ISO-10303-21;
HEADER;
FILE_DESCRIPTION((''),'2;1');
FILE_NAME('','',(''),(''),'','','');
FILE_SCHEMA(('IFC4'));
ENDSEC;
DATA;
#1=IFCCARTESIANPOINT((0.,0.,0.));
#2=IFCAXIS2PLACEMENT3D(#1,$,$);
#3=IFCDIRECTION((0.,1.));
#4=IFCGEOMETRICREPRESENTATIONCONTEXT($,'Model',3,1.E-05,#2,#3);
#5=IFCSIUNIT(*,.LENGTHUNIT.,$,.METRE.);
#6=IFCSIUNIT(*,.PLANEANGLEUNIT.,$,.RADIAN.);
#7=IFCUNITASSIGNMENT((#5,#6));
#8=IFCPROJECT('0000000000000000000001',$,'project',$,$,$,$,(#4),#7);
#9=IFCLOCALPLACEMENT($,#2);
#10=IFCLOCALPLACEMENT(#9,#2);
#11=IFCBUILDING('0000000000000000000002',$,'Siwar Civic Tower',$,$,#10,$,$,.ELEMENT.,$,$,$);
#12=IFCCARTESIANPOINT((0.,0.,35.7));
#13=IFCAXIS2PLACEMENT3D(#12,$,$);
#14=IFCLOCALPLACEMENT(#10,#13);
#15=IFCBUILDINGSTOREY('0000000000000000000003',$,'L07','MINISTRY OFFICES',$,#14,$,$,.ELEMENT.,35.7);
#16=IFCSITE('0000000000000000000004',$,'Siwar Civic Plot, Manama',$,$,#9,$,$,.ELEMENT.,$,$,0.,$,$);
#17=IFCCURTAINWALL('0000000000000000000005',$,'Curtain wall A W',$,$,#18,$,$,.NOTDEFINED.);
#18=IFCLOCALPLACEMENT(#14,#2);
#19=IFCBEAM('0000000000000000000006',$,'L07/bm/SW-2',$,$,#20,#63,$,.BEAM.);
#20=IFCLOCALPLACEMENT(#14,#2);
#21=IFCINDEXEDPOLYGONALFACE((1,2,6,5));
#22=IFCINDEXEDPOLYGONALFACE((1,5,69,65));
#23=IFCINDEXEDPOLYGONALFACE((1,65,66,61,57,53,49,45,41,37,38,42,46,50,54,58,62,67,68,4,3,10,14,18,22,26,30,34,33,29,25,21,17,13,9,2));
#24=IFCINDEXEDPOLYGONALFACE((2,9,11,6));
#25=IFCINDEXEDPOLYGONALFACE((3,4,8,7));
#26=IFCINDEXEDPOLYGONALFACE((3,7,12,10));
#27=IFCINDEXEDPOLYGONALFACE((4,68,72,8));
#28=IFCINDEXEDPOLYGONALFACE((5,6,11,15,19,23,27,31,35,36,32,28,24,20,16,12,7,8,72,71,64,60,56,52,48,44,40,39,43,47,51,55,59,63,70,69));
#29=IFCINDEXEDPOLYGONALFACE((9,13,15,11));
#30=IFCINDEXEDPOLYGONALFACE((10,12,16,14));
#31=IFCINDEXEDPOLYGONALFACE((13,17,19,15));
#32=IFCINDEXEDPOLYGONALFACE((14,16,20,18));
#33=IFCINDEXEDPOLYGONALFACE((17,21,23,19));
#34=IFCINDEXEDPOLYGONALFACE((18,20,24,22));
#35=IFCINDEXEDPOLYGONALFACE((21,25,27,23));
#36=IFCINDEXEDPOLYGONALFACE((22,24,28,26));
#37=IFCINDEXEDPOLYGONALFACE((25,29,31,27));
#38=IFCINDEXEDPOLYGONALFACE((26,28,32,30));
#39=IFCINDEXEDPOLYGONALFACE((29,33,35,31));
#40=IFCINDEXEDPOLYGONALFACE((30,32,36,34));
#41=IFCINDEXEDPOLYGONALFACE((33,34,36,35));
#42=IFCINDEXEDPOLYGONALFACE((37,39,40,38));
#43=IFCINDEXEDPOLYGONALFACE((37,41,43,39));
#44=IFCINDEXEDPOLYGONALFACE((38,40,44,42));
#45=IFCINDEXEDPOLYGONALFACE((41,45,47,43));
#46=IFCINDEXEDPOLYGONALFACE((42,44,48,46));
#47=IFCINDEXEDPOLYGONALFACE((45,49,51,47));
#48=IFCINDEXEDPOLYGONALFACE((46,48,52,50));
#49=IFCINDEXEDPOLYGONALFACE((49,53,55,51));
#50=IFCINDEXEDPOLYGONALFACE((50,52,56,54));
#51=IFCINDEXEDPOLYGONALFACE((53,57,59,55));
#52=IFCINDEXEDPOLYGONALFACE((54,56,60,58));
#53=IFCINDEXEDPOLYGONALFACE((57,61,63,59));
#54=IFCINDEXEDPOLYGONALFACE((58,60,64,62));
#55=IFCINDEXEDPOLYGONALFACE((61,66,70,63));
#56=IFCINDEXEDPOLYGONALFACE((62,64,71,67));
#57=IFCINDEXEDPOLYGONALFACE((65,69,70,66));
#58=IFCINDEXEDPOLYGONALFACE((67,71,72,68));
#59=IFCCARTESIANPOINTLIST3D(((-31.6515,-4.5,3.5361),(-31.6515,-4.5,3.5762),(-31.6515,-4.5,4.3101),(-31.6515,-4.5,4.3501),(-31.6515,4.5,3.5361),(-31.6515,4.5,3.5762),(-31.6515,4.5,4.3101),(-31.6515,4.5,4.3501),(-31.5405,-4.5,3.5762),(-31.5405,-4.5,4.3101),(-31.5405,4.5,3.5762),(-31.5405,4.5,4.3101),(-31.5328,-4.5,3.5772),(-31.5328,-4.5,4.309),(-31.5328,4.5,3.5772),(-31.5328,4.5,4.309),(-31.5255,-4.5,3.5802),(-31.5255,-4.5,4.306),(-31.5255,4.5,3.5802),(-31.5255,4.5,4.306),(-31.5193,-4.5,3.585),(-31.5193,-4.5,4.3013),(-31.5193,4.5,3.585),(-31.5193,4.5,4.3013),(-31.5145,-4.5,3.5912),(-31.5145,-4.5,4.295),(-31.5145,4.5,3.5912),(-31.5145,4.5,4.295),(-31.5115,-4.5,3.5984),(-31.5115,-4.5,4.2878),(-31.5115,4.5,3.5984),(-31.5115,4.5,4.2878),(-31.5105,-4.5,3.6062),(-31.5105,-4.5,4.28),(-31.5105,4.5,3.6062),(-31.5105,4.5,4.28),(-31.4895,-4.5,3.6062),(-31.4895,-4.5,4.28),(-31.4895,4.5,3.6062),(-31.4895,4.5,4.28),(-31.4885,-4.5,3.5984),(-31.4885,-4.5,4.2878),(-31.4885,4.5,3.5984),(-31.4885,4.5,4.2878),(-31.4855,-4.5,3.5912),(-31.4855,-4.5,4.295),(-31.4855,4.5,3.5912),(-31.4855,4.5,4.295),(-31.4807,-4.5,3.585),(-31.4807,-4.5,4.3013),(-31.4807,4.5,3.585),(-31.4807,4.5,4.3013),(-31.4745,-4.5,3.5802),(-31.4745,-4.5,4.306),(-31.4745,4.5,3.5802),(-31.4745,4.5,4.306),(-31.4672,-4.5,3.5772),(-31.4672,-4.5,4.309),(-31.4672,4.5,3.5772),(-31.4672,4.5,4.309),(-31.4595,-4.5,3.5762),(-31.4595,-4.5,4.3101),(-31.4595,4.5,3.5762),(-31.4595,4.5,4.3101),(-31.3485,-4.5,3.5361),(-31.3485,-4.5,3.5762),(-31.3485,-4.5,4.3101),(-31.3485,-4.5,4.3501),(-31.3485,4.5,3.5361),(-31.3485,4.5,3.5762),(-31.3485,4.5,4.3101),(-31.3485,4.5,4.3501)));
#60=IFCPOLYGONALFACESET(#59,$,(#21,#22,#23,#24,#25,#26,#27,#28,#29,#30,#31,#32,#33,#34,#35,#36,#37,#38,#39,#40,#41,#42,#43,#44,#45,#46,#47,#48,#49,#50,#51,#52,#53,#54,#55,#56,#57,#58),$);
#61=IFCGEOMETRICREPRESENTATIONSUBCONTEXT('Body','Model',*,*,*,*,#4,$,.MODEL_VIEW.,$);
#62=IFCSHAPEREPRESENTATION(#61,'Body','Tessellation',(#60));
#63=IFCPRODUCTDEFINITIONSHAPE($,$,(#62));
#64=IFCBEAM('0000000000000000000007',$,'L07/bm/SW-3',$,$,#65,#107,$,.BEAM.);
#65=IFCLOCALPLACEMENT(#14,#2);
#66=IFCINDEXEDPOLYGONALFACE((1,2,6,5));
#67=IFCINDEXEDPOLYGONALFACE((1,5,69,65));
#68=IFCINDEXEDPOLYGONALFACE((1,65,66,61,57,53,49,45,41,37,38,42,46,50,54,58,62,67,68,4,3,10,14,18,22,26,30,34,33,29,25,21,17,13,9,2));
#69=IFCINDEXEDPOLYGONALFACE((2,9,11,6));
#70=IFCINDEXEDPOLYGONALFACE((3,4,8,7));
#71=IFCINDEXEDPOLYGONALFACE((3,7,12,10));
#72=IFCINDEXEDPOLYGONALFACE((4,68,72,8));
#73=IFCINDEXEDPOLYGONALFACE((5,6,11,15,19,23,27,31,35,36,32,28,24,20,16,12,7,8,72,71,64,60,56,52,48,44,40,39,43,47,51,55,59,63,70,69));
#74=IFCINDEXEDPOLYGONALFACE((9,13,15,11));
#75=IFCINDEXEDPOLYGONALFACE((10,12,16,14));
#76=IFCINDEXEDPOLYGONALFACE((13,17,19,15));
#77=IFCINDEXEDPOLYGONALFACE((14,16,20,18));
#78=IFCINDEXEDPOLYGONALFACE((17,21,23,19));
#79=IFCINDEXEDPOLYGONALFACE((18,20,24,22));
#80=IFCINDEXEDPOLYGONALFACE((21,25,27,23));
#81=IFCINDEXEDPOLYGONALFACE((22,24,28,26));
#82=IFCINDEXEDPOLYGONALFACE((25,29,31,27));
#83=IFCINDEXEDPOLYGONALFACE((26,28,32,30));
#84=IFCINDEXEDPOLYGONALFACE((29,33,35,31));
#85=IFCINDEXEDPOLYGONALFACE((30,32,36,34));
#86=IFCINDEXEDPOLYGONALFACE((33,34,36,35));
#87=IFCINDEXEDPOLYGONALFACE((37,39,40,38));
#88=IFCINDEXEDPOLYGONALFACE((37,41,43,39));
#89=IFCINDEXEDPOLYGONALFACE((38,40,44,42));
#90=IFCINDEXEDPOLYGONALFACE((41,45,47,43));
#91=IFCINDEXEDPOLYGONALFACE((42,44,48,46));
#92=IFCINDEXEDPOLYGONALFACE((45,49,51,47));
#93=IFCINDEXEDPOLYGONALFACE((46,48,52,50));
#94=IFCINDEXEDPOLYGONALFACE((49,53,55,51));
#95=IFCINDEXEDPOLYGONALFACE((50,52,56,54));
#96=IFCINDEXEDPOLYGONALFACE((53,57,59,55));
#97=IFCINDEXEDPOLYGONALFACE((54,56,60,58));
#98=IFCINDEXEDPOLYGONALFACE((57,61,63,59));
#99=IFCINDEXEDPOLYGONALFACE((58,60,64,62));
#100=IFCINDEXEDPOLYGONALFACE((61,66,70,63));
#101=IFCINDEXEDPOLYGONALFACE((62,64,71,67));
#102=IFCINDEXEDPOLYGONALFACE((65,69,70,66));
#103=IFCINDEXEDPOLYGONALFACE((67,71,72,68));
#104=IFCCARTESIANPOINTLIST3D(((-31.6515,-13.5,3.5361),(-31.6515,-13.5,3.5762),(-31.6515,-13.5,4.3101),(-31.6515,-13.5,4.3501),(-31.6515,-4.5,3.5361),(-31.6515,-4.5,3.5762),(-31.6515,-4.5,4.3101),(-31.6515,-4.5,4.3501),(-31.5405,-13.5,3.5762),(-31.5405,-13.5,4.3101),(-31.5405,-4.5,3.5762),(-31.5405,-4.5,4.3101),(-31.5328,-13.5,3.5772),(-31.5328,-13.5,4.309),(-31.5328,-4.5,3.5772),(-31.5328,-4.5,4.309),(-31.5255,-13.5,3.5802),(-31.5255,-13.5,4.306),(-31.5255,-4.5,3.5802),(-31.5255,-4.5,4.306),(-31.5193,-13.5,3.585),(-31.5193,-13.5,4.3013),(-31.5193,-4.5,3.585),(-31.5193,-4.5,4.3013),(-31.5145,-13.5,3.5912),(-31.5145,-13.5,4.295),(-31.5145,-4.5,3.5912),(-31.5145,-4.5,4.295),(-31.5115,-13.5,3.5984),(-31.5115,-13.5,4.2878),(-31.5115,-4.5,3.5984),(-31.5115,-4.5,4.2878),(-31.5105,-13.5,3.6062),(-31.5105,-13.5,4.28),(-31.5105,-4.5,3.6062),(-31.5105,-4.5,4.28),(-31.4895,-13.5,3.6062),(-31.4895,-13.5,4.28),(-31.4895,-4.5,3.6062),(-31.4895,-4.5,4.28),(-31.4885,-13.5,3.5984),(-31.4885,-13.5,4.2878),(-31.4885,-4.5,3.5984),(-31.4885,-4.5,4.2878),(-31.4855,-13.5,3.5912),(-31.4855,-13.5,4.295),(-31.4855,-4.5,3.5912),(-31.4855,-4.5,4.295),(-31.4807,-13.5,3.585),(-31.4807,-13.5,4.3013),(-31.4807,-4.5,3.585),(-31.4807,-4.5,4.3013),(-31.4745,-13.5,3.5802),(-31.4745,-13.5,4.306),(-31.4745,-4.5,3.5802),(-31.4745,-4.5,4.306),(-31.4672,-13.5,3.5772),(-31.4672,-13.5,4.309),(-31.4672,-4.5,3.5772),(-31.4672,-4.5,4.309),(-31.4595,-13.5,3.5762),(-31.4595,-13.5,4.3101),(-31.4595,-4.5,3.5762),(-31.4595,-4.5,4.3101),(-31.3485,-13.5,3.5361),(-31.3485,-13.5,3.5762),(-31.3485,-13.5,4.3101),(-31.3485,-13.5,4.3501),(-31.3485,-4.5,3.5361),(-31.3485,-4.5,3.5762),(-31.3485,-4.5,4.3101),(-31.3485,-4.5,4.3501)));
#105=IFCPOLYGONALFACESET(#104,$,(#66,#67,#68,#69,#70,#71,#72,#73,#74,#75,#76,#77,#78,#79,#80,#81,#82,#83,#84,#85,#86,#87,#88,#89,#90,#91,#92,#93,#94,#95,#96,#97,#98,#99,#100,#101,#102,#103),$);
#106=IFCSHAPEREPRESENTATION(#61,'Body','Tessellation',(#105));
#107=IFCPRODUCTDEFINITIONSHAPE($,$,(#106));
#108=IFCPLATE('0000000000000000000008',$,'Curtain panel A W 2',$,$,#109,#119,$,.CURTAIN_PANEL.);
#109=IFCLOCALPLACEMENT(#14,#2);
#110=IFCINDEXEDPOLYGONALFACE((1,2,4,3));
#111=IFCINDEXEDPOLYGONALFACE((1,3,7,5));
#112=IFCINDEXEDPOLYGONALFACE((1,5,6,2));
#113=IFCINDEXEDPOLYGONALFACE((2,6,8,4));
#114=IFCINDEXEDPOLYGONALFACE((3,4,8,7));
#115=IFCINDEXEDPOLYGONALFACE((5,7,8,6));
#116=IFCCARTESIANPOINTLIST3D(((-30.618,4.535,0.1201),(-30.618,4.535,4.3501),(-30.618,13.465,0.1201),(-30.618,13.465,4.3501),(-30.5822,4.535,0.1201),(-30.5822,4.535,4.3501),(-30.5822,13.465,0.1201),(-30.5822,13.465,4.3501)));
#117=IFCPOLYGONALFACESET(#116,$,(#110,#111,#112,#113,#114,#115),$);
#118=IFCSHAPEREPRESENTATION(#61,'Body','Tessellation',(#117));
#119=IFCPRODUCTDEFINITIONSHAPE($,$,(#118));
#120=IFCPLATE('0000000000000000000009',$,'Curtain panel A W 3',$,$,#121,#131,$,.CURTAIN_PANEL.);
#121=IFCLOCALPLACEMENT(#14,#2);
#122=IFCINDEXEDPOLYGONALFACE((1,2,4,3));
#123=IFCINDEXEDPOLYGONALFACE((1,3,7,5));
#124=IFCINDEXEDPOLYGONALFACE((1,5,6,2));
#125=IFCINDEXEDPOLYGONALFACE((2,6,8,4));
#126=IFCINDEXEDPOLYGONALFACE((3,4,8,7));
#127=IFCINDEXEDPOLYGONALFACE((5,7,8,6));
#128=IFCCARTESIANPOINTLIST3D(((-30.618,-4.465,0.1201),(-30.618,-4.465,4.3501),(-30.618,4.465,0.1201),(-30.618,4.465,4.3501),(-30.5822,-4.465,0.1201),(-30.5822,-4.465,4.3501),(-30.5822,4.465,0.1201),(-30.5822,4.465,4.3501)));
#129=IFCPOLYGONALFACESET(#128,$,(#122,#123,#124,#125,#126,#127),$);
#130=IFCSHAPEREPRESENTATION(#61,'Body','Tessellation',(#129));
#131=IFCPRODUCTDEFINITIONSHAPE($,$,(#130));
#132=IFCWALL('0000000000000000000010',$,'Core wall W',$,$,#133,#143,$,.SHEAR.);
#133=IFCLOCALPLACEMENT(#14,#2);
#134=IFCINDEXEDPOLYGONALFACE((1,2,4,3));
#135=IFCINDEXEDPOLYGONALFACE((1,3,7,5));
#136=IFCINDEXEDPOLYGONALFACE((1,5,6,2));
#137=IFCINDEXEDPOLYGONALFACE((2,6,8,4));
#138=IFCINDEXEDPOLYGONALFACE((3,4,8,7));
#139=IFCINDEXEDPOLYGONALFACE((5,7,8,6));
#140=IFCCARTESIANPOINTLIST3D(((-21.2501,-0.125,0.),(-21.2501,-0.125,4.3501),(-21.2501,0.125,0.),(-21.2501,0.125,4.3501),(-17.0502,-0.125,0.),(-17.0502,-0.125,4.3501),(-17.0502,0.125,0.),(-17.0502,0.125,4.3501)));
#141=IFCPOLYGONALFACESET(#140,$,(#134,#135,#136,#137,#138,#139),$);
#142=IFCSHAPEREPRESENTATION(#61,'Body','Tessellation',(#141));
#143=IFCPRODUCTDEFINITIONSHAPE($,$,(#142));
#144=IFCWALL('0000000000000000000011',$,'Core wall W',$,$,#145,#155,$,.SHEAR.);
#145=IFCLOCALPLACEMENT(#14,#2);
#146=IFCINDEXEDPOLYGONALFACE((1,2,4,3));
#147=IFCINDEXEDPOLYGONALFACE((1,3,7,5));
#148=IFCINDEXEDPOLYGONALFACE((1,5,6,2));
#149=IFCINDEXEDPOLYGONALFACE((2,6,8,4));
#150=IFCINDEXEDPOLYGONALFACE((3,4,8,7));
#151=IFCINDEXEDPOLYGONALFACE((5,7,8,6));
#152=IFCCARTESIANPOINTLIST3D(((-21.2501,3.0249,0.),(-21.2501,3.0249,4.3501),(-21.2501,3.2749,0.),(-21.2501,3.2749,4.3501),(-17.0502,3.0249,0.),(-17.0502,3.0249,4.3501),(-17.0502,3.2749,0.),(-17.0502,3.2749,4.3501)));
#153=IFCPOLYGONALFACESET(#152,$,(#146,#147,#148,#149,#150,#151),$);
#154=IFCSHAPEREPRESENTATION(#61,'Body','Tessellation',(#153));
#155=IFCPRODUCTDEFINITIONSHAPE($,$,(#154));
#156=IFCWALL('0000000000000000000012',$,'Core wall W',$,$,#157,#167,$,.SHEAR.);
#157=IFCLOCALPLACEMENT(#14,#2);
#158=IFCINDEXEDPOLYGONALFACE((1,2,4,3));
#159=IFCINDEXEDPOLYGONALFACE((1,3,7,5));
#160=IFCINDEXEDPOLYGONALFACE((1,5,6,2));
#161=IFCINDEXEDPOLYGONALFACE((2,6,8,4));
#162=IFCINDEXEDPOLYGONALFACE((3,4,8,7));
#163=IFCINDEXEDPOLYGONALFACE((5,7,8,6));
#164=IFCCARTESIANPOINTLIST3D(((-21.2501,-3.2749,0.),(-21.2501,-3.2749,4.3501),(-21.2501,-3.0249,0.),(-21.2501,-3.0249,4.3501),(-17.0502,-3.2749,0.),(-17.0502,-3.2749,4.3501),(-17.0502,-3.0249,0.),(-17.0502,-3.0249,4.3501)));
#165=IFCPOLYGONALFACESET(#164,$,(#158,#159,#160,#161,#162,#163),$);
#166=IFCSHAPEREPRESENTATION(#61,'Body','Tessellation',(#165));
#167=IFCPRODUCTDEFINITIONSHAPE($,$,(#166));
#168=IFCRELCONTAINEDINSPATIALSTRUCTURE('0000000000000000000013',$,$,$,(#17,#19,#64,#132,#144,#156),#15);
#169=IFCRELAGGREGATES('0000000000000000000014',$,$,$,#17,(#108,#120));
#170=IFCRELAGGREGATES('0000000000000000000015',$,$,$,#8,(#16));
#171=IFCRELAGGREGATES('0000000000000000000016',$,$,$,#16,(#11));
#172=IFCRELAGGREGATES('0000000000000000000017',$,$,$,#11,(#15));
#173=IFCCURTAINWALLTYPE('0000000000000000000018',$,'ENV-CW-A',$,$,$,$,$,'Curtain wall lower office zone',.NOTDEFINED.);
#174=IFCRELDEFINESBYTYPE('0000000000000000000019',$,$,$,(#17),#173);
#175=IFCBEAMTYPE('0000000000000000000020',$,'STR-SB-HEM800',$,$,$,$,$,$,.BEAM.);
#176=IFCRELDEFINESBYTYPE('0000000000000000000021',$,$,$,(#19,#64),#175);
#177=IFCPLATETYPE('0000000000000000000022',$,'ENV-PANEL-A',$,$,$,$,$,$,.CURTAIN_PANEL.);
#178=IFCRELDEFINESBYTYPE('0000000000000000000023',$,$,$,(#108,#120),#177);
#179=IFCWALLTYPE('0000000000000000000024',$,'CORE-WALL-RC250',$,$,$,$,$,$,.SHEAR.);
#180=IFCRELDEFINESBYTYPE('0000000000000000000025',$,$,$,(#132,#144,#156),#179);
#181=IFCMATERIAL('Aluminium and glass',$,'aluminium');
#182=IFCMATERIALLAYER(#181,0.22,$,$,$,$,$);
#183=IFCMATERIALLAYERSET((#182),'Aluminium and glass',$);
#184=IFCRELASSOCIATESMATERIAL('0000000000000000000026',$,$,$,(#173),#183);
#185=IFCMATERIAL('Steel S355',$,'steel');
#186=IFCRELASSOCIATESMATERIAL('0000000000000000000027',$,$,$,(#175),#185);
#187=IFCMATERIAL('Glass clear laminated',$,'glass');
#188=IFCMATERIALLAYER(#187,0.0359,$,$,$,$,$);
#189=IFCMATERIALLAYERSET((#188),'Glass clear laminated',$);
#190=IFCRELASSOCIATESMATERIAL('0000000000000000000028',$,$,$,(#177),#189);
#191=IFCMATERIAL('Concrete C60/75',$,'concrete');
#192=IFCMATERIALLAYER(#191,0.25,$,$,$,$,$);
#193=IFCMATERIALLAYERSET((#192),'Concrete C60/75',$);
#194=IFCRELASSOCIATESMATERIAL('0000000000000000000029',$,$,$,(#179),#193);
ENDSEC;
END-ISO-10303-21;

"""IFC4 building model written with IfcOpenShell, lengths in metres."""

from ifc_helpers import new_model, si_unit, direction, frame, frame_2d, origin, origin_2d, place, context, subcontext, project, spatial, rectangle, i_section, extrude, material, layer, layer_set, material_profile, profile_set, type_object, element, aggregate, save


model = new_model("IFC4")

# Units and contexts
model_context = context("Model", 3, precision=1e-05, world=origin(), true_north=direction((0.0, 1.0)))
body_context = subcontext(model_context, "Body", "Model", "MODEL_VIEW")
ifc_project = project(units=[si_unit("LENGTHUNIT", "METRE"), si_unit("PLANEANGLEUNIT", "RADIAN")], contexts=[model_context])

# Site, building, storey
site_placement = place(None, origin())
site = spatial("IfcSite", under=ifc_project, at=site_placement, Name="Siwar Civic Plot, Manama", CompositionType="ELEMENT", RefElevation=0.0)
building_placement = place(site_placement, origin())
building = spatial("IfcBuilding", under=site, at=building_placement, Name="Siwar Civic Tower", CompositionType="ELEMENT")
storey_placement = place(building_placement, frame((0.0, 0.0, 35.7)))
storey = spatial("IfcBuildingStorey", under=building, at=storey_placement, Name="L07", Description="MINISTRY OFFICES", CompositionType="ELEMENT", Elevation=35.7)

# Curtain wall
ifc_material_1 = material(Name="Aluminium and glass", Category="aluminium")
ifc_layer_1 = layer(ifc_material_1, 0.22)
ifc_layer_set_1 = layer_set([ifc_layer_1], Name="Aluminium and glass")
curtain_wall_type = type_object("IfcCurtainWallType", Name="ENV-CW-A", ElementType="Curtain wall lower office zone", PredefinedType="NOTDEFINED", material=ifc_layer_set_1)
curtain_wall_placement = place(storey_placement, origin())
curtain_wall = element("IfcCurtainWall", 1, at=curtain_wall_placement, inside=storey, type_object=curtain_wall_type, Name="Curtain wall A W", PredefinedType="NOTDEFINED")

# Beams
ifc_material_2 = material(Name="Steel S355", Category="steel")
ifc_material_profile_1 = material_profile(ifc_material_2, i_section(OverallWidth=0.303, OverallDepth=0.814, WebThickness=0.021, FlangeThickness=0.04, FilletRadius=0.03, at=origin_2d()), Name="HEM800")
ifc_profile_set_1 = profile_set([ifc_material_profile_1], Name="Steel S355")
beam_type_1 = type_object("IfcBeamType", Name="STR-SB-HEM800", PredefinedType="BEAM", material=ifc_profile_set_1)
for number, where, z_axis, x_axis, name in (
    (2, (-31.5, 4.5, 3.9431), (0.0, -1.0, 0.0), (1.0, 0.0, 0.0), "L07/bm/SW-2"),
    (3, (-31.5, -4.5, 3.9431), (0.0, -1.0, 0.0), (1.0, 0.0, 0.0), "L07/bm/SW-3"),
):
    element("IfcBeam", number, at=place(storey_placement, frame(where, z_axis=z_axis, x_axis=x_axis)), inside=storey, type_object=beam_type_1, Name=name, PredefinedType="BEAM", context=body_context, shape_type="SweptSolid", body=[
        extrude(i_section(OverallWidth=0.303, OverallDepth=0.814, WebThickness=0.021, FlangeThickness=0.04, FilletRadius=0.03, at=origin_2d()), origin(), (0.0, 0.0, 1.0), 9.0),
    ])

# Plates
ifc_material_3 = material(Name="Glass clear laminated", Category="glass")
ifc_layer_2 = layer(ifc_material_3, 0.0359)
ifc_layer_set_2 = layer_set([ifc_layer_2], Name="Glass clear laminated")
plate_type = type_object("IfcPlateType", Name="ENV-PANEL-A", PredefinedType="CURTAIN_PANEL", material=ifc_layer_set_2)
plate_1_placement = place(storey_placement, frame((-30.6001, 9.0, 0.1201), z_axis=(0.0, 0.0, 1.0), x_axis=(0.0, -1.0, 0.0)))
plate_1 = element("IfcPlate", 4, at=plate_1_placement, type_object=plate_type, Name="Curtain panel A W 2", PredefinedType="CURTAIN_PANEL", context=body_context, shape_type="SweptSolid", body=[
    extrude(rectangle(XDim=8.9299, YDim=0.0359, at=origin_2d()), origin(), (0.0, 0.0, 1.0), 4.23),
])
plate_2_placement = place(storey_placement, frame((-30.6001, 0.0, 0.1201), z_axis=(0.0, 0.0, 1.0), x_axis=(0.0, -1.0, 0.0)))
plate_2 = element("IfcPlate", 5, at=plate_2_placement, type_object=plate_type, Name="Curtain panel A W 3", PredefinedType="CURTAIN_PANEL", context=body_context, shape_type="SweptSolid", body=[
    extrude(rectangle(XDim=8.9299, YDim=0.0359, at=origin_2d()), origin(), (0.0, 0.0, 1.0), 4.23),
])
aggregate(curtain_wall, [plate_1, plate_2])

# Walls
ifc_material_4 = material(Name="Concrete C60/75", Category="concrete")
ifc_layer_3 = layer(ifc_material_4, 0.25)
ifc_layer_set_3 = layer_set([ifc_layer_3], Name="Concrete C60/75")
wall_type_1 = type_object("IfcWallType", Name="CORE-WALL-RC250", PredefinedType="SHEAR", material=ifc_layer_set_3)
for number, where, z_axis, x_axis, name in (
    (6, (-17.05, 0.0, 0.0), (0.0, 0.0, 1.0), (-1.0, 0.0, 0.0), "Core wall W"),
    (7, (-17.05, 3.1499, 0.0), (0.0, 0.0, 1.0), (-1.0, 0.0, 0.0), "Core wall W"),
    (8, (-17.05, -3.1499, 0.0), (0.0, 0.0, 1.0), (-1.0, 0.0, 0.0), "Core wall W"),
):
    element("IfcWall", number, at=place(storey_placement, frame(where, z_axis=z_axis, x_axis=x_axis)), inside=storey, type_object=wall_type_1, Name=name, PredefinedType="SHEAR", context=body_context, shape_type="SweptSolid", body=[
        extrude(rectangle(XDim=4.2, YDim=0.25, at=frame_2d((2.1001, 0.0))), origin(), (0.0, 0.0, 1.0), 4.3501),
    ])

save(model, "model.ifc")
